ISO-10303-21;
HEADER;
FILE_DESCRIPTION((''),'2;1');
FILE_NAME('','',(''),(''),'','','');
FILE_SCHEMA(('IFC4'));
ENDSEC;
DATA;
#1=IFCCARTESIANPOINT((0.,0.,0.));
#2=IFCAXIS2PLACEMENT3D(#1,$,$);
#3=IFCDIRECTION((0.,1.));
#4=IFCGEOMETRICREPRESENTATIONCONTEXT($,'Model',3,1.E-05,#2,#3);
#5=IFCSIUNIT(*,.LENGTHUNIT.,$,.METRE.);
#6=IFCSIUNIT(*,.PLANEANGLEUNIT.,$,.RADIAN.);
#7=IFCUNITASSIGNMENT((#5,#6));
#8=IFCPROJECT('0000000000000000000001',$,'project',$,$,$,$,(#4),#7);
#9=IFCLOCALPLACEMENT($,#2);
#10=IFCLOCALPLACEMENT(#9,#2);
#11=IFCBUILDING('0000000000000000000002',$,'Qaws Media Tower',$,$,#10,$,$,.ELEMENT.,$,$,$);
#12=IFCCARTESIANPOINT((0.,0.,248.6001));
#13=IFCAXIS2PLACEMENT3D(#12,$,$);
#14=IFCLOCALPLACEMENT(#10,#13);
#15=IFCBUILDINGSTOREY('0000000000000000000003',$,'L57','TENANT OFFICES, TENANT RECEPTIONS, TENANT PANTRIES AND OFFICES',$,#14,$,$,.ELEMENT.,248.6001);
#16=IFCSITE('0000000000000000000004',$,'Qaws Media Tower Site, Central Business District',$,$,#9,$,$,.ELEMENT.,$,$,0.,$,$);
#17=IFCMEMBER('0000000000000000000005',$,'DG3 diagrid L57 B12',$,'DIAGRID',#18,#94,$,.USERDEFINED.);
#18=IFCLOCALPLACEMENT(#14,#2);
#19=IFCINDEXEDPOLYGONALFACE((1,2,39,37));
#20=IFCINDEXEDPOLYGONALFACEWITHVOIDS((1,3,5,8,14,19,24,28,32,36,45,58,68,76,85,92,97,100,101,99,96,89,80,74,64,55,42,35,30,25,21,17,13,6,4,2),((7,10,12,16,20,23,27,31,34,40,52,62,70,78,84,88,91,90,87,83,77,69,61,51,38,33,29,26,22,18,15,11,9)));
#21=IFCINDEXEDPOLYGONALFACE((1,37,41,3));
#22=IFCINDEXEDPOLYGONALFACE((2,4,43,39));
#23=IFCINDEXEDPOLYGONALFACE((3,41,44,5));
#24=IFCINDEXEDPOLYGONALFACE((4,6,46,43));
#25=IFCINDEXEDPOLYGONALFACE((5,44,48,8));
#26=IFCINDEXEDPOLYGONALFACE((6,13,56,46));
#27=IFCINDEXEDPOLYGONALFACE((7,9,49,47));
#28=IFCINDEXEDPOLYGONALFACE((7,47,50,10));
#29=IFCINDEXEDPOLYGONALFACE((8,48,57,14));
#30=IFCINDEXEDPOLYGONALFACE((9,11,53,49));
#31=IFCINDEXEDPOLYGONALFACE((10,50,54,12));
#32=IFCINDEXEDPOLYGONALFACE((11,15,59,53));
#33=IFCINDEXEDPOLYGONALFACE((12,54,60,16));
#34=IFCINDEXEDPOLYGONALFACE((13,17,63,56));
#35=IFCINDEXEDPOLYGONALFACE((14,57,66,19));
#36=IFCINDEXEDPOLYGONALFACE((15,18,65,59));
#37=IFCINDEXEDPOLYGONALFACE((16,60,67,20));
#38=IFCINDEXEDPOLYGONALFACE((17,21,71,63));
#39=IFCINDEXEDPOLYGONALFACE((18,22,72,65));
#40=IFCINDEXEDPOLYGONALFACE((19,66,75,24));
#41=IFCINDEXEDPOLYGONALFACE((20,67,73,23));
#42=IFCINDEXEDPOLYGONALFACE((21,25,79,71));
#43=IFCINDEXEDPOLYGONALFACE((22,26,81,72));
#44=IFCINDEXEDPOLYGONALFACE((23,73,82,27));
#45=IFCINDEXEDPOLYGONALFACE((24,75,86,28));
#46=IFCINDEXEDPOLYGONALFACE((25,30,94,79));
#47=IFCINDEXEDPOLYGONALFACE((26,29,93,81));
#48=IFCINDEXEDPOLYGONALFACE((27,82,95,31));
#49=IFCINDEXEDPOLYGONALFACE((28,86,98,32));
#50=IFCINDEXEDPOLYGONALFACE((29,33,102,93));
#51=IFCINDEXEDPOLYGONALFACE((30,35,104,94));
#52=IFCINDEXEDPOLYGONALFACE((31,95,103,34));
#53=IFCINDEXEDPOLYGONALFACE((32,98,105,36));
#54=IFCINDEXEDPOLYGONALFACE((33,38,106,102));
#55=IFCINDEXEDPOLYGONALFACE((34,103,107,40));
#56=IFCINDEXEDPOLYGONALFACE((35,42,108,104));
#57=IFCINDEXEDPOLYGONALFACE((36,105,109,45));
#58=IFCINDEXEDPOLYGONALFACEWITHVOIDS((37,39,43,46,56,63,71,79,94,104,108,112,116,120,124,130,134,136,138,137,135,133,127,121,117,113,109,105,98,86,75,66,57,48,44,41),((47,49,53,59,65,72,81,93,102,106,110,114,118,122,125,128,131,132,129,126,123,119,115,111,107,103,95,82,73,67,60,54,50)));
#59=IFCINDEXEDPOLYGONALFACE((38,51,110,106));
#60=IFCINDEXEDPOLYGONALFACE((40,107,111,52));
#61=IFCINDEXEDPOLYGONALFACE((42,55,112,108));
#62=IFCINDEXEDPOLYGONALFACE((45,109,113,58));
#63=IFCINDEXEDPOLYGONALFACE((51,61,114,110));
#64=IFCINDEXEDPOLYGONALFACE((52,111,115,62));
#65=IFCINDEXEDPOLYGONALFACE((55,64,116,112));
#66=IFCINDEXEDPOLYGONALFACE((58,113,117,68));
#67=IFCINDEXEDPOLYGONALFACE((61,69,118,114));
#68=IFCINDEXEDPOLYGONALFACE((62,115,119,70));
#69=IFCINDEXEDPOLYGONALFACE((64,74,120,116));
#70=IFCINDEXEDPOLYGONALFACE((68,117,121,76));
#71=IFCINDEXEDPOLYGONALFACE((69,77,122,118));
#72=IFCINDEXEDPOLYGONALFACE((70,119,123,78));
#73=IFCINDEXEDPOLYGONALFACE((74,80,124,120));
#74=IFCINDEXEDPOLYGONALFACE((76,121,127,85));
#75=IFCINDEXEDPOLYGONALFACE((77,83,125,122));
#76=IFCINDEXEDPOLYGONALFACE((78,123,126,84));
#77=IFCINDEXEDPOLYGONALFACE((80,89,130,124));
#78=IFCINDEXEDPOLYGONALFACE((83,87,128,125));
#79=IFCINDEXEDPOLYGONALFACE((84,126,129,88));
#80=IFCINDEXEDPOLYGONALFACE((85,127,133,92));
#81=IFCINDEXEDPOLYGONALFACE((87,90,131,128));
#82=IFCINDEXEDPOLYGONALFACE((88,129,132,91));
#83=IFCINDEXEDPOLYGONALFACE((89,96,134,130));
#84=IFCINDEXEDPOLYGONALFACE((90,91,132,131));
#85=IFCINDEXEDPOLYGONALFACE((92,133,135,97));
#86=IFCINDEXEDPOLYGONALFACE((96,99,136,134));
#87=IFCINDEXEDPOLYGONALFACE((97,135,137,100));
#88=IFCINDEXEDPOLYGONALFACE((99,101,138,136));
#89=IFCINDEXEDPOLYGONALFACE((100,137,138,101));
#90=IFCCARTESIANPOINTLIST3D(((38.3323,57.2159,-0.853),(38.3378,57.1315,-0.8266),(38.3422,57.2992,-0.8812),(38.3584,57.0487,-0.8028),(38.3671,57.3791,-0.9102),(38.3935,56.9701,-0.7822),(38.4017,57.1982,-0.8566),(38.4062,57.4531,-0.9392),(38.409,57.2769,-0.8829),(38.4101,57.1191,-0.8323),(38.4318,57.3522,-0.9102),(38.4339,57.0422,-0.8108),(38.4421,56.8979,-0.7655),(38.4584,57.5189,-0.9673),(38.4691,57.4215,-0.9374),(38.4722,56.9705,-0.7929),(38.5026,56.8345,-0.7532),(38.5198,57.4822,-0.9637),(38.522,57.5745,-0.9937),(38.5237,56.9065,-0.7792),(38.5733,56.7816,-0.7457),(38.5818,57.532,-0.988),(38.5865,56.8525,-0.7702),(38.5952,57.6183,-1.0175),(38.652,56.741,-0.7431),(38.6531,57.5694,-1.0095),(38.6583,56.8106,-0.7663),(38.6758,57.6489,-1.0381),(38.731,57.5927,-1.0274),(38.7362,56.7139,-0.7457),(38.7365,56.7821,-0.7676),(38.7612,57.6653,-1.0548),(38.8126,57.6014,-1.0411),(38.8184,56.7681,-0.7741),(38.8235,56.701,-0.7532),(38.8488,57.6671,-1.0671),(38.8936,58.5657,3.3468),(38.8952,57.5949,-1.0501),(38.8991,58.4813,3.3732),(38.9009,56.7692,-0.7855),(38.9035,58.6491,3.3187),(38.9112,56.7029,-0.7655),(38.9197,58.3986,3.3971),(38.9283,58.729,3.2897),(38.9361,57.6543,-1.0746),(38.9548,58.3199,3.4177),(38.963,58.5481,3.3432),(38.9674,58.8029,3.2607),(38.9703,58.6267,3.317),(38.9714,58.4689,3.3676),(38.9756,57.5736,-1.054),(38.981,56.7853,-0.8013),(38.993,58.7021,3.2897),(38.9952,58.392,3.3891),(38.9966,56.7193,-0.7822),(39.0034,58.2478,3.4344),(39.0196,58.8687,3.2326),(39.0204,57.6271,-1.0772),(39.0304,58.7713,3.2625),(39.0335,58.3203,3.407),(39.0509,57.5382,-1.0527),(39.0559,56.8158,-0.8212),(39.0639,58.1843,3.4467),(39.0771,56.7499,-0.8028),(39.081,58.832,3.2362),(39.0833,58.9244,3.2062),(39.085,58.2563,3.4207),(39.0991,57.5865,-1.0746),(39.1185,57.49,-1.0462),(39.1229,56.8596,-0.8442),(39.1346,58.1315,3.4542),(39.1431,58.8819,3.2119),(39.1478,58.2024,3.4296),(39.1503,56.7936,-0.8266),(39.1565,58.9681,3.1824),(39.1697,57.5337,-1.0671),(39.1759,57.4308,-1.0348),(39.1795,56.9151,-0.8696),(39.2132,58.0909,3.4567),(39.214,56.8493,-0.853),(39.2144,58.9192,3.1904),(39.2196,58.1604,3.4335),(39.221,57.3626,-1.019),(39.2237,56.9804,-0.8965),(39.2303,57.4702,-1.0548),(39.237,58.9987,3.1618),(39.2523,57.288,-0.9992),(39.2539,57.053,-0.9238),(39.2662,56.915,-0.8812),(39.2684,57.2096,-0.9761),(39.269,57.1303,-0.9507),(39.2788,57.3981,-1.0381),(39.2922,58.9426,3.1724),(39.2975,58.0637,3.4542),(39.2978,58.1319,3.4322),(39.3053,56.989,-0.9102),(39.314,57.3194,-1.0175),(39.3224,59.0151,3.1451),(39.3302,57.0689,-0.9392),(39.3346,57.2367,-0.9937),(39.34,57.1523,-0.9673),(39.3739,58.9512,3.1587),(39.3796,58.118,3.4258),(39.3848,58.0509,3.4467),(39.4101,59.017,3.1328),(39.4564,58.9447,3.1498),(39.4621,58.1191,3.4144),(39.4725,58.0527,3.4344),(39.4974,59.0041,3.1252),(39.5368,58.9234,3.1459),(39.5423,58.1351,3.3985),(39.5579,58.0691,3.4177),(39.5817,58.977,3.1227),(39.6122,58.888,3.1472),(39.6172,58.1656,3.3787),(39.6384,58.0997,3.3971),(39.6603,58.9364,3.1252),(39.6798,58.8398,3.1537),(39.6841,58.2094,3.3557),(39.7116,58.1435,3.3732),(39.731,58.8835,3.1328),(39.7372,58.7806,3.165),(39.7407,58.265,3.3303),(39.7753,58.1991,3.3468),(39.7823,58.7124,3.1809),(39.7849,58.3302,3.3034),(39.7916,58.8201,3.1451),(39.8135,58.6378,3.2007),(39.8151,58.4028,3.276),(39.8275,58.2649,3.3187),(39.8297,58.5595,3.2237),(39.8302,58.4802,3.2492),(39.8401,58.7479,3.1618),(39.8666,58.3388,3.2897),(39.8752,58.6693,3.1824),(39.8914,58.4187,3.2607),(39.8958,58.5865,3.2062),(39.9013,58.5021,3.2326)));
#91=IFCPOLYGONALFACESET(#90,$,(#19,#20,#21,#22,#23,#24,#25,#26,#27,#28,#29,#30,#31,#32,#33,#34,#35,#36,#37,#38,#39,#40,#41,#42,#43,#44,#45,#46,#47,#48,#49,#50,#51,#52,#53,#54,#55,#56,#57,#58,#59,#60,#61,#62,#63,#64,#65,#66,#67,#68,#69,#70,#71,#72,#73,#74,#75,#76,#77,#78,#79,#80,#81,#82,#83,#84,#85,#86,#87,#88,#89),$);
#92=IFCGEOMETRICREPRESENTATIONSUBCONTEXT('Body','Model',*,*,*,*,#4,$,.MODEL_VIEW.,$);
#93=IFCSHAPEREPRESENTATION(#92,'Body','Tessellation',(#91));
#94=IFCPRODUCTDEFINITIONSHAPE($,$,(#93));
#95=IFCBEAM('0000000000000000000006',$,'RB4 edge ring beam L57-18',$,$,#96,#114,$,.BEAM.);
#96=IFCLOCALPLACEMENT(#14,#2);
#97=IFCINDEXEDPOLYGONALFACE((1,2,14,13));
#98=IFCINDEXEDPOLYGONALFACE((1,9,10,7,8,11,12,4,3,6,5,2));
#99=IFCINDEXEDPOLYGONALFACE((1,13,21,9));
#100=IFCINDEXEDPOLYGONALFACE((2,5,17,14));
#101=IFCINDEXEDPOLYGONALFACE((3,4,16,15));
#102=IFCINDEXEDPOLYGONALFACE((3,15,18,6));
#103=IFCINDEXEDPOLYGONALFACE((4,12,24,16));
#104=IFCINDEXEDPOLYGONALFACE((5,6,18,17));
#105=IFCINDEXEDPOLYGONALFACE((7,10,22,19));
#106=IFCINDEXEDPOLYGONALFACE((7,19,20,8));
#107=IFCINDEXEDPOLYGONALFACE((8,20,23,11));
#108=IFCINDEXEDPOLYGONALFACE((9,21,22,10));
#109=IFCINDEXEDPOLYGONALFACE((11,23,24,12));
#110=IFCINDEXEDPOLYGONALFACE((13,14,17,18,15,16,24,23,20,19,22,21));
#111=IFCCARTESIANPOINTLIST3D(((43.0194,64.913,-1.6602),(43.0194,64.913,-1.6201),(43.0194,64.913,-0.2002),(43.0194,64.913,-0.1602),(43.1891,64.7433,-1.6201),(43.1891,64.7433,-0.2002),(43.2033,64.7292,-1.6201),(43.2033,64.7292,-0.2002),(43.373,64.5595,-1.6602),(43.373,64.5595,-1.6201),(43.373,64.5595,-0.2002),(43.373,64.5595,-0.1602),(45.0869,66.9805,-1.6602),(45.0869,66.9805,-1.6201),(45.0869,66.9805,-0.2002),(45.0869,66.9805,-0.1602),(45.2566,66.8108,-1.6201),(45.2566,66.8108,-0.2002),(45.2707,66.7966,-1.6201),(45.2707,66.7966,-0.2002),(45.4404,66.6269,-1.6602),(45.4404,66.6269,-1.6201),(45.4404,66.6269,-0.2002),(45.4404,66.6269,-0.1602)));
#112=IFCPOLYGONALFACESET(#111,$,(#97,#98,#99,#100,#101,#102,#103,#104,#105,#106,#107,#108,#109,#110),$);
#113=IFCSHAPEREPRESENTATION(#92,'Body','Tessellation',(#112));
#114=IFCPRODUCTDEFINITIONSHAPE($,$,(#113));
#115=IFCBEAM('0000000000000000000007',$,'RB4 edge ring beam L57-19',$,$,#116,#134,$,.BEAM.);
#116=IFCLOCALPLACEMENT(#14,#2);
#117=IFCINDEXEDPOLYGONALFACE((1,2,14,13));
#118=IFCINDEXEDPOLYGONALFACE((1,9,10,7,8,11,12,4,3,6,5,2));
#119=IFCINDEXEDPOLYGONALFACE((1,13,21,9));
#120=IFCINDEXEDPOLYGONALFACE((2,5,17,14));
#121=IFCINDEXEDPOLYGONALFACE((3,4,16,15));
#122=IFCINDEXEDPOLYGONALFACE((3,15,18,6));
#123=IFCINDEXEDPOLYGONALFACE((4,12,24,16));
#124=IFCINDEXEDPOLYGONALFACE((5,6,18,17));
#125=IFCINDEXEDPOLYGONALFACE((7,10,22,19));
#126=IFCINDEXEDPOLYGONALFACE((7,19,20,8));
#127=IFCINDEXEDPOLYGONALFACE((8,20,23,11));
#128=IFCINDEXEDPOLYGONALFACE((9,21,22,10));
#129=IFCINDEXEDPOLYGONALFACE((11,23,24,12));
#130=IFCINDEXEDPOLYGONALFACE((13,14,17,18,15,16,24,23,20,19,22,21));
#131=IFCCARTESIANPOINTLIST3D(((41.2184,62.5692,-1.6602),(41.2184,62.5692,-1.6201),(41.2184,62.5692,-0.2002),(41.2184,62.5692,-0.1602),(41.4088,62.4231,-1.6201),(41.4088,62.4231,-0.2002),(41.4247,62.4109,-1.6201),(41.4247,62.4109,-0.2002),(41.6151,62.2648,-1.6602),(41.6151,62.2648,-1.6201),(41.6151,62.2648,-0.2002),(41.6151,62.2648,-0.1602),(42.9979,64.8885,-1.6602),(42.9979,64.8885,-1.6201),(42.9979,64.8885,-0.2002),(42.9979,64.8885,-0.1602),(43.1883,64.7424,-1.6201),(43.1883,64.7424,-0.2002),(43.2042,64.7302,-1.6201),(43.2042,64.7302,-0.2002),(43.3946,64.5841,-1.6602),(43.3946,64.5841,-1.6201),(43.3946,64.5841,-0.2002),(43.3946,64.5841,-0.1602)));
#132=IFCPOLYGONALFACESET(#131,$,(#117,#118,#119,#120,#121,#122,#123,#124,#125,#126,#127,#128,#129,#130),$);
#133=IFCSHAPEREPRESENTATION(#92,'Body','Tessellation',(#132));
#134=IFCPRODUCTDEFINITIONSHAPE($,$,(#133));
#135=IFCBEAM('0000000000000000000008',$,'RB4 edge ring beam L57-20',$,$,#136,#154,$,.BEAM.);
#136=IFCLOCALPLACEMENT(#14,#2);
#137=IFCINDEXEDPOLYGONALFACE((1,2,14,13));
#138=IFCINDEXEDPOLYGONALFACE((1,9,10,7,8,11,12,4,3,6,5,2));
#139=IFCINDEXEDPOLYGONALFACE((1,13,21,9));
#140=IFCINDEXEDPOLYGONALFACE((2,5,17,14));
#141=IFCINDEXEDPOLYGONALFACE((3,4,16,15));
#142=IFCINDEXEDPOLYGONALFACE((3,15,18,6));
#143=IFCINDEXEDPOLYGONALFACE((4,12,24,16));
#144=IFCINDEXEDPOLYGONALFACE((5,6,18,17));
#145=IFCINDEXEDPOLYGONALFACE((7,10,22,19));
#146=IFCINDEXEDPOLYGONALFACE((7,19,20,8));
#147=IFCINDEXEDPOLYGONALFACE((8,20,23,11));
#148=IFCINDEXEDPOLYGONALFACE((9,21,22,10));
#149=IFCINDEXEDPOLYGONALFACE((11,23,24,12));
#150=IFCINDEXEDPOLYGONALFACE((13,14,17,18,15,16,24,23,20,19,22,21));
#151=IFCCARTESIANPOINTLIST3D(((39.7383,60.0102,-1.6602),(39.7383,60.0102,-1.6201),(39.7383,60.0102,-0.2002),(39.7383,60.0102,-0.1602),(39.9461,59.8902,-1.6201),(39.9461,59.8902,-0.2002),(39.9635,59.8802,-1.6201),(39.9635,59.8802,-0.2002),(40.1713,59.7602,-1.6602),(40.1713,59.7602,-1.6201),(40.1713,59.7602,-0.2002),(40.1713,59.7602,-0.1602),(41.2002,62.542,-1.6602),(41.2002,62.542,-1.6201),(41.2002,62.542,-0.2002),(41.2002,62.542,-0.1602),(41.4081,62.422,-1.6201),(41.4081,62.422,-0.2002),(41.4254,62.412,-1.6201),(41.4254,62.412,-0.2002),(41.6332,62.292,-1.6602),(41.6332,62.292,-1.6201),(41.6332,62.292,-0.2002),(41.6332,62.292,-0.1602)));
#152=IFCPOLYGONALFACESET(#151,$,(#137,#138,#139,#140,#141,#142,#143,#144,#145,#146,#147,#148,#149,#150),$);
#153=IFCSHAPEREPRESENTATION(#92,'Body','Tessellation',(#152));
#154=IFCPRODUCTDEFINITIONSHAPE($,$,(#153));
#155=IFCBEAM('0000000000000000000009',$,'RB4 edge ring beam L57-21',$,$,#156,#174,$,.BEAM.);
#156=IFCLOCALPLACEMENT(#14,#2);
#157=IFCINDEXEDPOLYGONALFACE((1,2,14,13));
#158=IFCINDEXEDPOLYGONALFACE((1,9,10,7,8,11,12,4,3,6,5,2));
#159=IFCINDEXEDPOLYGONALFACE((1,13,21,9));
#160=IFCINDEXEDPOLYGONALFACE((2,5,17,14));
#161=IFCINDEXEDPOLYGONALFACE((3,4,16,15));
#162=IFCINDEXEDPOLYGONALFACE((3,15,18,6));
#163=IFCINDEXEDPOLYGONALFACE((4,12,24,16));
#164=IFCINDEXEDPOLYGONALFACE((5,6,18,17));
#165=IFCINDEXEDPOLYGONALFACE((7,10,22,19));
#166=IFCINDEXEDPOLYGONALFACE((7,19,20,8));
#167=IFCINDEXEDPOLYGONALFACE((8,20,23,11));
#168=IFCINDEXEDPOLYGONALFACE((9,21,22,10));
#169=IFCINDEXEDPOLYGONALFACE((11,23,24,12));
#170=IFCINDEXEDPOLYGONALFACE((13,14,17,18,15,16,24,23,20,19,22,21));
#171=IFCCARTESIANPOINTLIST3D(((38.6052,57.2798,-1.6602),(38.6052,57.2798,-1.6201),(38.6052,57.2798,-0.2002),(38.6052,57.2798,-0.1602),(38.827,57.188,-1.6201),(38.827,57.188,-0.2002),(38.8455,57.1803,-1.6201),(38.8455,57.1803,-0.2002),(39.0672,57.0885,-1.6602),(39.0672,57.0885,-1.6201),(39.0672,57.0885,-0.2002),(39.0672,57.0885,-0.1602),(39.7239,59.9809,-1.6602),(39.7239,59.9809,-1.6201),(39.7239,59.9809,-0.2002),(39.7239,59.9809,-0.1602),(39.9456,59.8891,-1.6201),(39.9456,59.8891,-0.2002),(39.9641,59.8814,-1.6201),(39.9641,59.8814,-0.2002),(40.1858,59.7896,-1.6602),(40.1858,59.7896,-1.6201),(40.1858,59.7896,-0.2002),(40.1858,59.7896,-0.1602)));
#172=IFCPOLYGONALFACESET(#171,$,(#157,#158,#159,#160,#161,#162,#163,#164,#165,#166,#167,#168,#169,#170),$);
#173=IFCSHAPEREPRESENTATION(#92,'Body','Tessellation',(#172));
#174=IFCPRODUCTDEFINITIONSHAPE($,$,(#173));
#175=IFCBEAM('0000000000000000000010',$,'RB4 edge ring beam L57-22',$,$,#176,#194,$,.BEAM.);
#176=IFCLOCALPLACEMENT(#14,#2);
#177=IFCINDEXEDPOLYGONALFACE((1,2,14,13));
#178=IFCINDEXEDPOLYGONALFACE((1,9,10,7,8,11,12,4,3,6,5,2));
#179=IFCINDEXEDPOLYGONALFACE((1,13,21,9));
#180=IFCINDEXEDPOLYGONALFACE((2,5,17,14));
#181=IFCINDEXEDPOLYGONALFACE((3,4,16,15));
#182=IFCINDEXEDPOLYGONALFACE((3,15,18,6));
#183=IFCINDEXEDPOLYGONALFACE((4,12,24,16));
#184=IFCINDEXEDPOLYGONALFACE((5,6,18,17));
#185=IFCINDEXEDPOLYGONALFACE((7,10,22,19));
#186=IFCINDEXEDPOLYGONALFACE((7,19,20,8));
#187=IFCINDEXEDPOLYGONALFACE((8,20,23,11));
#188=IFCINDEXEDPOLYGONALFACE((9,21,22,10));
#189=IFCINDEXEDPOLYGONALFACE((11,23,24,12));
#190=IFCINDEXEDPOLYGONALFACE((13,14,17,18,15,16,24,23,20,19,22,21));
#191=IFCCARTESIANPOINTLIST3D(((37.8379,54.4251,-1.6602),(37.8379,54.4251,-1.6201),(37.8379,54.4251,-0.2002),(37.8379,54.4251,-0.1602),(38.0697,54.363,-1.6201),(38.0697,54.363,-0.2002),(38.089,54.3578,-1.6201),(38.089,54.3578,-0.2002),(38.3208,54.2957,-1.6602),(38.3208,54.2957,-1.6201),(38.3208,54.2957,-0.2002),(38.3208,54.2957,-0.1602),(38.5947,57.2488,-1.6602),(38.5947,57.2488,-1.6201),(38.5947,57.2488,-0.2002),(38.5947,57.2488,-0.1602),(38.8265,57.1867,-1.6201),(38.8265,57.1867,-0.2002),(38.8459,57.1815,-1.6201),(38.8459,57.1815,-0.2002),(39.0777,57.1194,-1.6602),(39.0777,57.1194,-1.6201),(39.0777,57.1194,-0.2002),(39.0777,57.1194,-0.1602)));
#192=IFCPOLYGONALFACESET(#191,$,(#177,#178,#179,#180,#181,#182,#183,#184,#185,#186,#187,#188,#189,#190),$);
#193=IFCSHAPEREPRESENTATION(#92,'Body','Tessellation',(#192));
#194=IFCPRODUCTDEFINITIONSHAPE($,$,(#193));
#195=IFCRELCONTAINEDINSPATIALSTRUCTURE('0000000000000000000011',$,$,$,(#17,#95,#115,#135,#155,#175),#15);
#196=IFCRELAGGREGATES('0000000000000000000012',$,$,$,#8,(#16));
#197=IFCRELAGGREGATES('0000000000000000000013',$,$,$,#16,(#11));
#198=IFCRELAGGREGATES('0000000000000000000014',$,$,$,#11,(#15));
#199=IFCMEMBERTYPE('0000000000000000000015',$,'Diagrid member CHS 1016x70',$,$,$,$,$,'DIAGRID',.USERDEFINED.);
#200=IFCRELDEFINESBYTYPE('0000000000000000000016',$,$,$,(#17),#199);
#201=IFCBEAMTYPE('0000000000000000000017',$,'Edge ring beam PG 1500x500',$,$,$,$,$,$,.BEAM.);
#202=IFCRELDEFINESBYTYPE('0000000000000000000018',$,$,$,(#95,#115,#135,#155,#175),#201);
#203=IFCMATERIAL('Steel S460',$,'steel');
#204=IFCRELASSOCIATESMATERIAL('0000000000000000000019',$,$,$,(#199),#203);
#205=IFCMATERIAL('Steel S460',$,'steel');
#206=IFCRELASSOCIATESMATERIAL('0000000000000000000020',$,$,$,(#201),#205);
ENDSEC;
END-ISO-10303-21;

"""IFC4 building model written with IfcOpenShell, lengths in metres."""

from ifc_helpers import new_model, si_unit, direction, frame, origin, origin_2d, place, context, subcontext, project, spatial, hollow_circle, i_section, extrude, material, material_profile, profile_set, type_object, element, save


model = new_model("IFC4")

# Units and contexts
model_context = context("Model", 3, precision=1e-05, world=origin(), true_north=direction((0.0, 1.0)))
body_context = subcontext(model_context, "Body", "Model", "MODEL_VIEW")
ifc_project = project(units=[si_unit("LENGTHUNIT", "METRE"), si_unit("PLANEANGLEUNIT", "RADIAN")], contexts=[model_context])

# Site, building, storey
site_placement = place(None, origin())
site = spatial("IfcSite", under=ifc_project, at=site_placement, Name="Qaws Media Tower Site, Central Business District", CompositionType="ELEMENT", RefElevation=0.0)
building_placement = place(site_placement, origin())
building = spatial("IfcBuilding", under=site, at=building_placement, Name="Qaws Media Tower", CompositionType="ELEMENT")
storey_placement = place(building_placement, frame((0.0, 0.0, 248.6001)))
storey = spatial("IfcBuildingStorey", under=building, at=storey_placement, Name="L57", Description="TENANT OFFICES, TENANT RECEPTIONS, TENANT PANTRIES AND OFFICES", CompositionType="ELEMENT", Elevation=248.6001)

# Member
ifc_material_1 = material(Name="Steel S460", Category="steel")
ifc_material_profile_1 = material_profile(ifc_material_1, hollow_circle(Radius=0.5081, WallThickness=0.0701, at=origin_2d()), Name="CHS 1016x70")
ifc_profile_set_1 = profile_set([ifc_material_profile_1], Name="Steel S460")
member_type_1 = type_object("IfcMemberType", Name="Diagrid member CHS 1016x70", ElementType="DIAGRID", PredefinedType="USERDEFINED", material=ifc_profile_set_1)
for number, where, z_axis, x_axis, name in (
    (1, (38.8362, 57.1841, -0.9102), (0.126212, 0.303535, 0.944424), (-0.923358, 0.383939, 0.0), "DG3 diagrid L57 B12"),
):
    element("IfcMember", number, at=place(storey_placement, frame(where, z_axis=z_axis, x_axis=x_axis)), inside=storey, type_object=member_type_1, Name=name, ObjectType="DIAGRID", PredefinedType="USERDEFINED", context=body_context, shape_type="SweptSolid", body=[
        extrude(hollow_circle(Radius=0.5081, WallThickness=0.0701, at=origin_2d()), origin(), (0.0, 0.0, 1.0), 4.447),
    ])

# Beams
ifc_material_2 = material(Name="Steel S460", Category="steel")
ifc_material_profile_2 = material_profile(ifc_material_2, i_section(OverallWidth=0.5, OverallDepth=1.5, WebThickness=0.02, FlangeThickness=0.04, at=origin_2d()), Name="PG 1500x500")
ifc_profile_set_2 = profile_set([ifc_material_profile_2], Name="Steel S460")
beam_type = type_object("IfcBeamType", Name="Edge ring beam PG 1500x500", PredefinedType="BEAM", material=ifc_profile_set_2)
beam_1_placement = place(storey_placement, frame((45.2637, 66.8037, -0.9102), z_axis=(-0.707107, -0.707107, 0.0), x_axis=(0.707107, -0.707107, 0.0)))
element("IfcBeam", 2, at=beam_1_placement, inside=storey, type_object=beam_type, Name="RB4 edge ring beam L57-18", PredefinedType="BEAM", context=body_context, shape_type="SweptSolid", body=[
    extrude(i_section(OverallWidth=0.5, OverallDepth=1.5, WebThickness=0.02, FlangeThickness=0.04, at=origin_2d()), origin(), (0.0, 0.0, 1.0), 2.9238),
])
beam_2_placement = place(storey_placement, frame((43.1963, 64.7363, -0.9102), z_axis=(-0.60873, -0.793378, 0.0), x_axis=(0.793378, -0.60873, 0.0)))
element("IfcBeam", 3, at=beam_2_placement, inside=storey, type_object=beam_type, Name="RB4 edge ring beam L57-19", PredefinedType="BEAM", context=body_context, shape_type="SweptSolid", body=[
    extrude(i_section(OverallWidth=0.5, OverallDepth=1.5, WebThickness=0.02, FlangeThickness=0.04, at=origin_2d()), origin(), (0.0, 0.0, 1.0), 2.9233),
])
for number, where, z_axis, x_axis, name in (
    (4, (41.4167, 62.417, -0.9102), (-0.500055, -0.865994, 0.0), (0.865994, -0.500055, 0.0), "RB4 edge ring beam L57-20"),
    (5, (39.9548, 59.8853, -0.9102), (-0.382622, -0.923905, 0.0), (0.923905, -0.382622, 0.0), "RB4 edge ring beam L57-21"),
):
    element("IfcBeam", number, at=place(storey_placement, frame(where, z_axis=z_axis, x_axis=x_axis)), inside=storey, type_object=beam_type, Name=name, PredefinedType="BEAM", context=body_context, shape_type="SweptSolid", body=[
        extrude(i_section(OverallWidth=0.5, OverallDepth=1.5, WebThickness=0.02, FlangeThickness=0.04, at=origin_2d()), origin(), (0.0, 0.0, 1.0), 2.9236),
    ])
beam_3_placement = place(storey_placement, frame((38.8362, 57.1841, -0.9102), z_axis=(-0.258889, -0.965907, 0.0), x_axis=(0.965907, -0.258889, 0.0)))
element("IfcBeam", 6, at=beam_3_placement, inside=storey, type_object=beam_type, Name="RB4 edge ring beam L57-22", PredefinedType="BEAM", context=body_context, shape_type="SweptSolid", body=[
    extrude(i_section(OverallWidth=0.5, OverallDepth=1.5, WebThickness=0.02, FlangeThickness=0.04, at=origin_2d()), origin(), (0.0, 0.0, 1.0), 2.9233),
])

save(model, "model.ifc")
